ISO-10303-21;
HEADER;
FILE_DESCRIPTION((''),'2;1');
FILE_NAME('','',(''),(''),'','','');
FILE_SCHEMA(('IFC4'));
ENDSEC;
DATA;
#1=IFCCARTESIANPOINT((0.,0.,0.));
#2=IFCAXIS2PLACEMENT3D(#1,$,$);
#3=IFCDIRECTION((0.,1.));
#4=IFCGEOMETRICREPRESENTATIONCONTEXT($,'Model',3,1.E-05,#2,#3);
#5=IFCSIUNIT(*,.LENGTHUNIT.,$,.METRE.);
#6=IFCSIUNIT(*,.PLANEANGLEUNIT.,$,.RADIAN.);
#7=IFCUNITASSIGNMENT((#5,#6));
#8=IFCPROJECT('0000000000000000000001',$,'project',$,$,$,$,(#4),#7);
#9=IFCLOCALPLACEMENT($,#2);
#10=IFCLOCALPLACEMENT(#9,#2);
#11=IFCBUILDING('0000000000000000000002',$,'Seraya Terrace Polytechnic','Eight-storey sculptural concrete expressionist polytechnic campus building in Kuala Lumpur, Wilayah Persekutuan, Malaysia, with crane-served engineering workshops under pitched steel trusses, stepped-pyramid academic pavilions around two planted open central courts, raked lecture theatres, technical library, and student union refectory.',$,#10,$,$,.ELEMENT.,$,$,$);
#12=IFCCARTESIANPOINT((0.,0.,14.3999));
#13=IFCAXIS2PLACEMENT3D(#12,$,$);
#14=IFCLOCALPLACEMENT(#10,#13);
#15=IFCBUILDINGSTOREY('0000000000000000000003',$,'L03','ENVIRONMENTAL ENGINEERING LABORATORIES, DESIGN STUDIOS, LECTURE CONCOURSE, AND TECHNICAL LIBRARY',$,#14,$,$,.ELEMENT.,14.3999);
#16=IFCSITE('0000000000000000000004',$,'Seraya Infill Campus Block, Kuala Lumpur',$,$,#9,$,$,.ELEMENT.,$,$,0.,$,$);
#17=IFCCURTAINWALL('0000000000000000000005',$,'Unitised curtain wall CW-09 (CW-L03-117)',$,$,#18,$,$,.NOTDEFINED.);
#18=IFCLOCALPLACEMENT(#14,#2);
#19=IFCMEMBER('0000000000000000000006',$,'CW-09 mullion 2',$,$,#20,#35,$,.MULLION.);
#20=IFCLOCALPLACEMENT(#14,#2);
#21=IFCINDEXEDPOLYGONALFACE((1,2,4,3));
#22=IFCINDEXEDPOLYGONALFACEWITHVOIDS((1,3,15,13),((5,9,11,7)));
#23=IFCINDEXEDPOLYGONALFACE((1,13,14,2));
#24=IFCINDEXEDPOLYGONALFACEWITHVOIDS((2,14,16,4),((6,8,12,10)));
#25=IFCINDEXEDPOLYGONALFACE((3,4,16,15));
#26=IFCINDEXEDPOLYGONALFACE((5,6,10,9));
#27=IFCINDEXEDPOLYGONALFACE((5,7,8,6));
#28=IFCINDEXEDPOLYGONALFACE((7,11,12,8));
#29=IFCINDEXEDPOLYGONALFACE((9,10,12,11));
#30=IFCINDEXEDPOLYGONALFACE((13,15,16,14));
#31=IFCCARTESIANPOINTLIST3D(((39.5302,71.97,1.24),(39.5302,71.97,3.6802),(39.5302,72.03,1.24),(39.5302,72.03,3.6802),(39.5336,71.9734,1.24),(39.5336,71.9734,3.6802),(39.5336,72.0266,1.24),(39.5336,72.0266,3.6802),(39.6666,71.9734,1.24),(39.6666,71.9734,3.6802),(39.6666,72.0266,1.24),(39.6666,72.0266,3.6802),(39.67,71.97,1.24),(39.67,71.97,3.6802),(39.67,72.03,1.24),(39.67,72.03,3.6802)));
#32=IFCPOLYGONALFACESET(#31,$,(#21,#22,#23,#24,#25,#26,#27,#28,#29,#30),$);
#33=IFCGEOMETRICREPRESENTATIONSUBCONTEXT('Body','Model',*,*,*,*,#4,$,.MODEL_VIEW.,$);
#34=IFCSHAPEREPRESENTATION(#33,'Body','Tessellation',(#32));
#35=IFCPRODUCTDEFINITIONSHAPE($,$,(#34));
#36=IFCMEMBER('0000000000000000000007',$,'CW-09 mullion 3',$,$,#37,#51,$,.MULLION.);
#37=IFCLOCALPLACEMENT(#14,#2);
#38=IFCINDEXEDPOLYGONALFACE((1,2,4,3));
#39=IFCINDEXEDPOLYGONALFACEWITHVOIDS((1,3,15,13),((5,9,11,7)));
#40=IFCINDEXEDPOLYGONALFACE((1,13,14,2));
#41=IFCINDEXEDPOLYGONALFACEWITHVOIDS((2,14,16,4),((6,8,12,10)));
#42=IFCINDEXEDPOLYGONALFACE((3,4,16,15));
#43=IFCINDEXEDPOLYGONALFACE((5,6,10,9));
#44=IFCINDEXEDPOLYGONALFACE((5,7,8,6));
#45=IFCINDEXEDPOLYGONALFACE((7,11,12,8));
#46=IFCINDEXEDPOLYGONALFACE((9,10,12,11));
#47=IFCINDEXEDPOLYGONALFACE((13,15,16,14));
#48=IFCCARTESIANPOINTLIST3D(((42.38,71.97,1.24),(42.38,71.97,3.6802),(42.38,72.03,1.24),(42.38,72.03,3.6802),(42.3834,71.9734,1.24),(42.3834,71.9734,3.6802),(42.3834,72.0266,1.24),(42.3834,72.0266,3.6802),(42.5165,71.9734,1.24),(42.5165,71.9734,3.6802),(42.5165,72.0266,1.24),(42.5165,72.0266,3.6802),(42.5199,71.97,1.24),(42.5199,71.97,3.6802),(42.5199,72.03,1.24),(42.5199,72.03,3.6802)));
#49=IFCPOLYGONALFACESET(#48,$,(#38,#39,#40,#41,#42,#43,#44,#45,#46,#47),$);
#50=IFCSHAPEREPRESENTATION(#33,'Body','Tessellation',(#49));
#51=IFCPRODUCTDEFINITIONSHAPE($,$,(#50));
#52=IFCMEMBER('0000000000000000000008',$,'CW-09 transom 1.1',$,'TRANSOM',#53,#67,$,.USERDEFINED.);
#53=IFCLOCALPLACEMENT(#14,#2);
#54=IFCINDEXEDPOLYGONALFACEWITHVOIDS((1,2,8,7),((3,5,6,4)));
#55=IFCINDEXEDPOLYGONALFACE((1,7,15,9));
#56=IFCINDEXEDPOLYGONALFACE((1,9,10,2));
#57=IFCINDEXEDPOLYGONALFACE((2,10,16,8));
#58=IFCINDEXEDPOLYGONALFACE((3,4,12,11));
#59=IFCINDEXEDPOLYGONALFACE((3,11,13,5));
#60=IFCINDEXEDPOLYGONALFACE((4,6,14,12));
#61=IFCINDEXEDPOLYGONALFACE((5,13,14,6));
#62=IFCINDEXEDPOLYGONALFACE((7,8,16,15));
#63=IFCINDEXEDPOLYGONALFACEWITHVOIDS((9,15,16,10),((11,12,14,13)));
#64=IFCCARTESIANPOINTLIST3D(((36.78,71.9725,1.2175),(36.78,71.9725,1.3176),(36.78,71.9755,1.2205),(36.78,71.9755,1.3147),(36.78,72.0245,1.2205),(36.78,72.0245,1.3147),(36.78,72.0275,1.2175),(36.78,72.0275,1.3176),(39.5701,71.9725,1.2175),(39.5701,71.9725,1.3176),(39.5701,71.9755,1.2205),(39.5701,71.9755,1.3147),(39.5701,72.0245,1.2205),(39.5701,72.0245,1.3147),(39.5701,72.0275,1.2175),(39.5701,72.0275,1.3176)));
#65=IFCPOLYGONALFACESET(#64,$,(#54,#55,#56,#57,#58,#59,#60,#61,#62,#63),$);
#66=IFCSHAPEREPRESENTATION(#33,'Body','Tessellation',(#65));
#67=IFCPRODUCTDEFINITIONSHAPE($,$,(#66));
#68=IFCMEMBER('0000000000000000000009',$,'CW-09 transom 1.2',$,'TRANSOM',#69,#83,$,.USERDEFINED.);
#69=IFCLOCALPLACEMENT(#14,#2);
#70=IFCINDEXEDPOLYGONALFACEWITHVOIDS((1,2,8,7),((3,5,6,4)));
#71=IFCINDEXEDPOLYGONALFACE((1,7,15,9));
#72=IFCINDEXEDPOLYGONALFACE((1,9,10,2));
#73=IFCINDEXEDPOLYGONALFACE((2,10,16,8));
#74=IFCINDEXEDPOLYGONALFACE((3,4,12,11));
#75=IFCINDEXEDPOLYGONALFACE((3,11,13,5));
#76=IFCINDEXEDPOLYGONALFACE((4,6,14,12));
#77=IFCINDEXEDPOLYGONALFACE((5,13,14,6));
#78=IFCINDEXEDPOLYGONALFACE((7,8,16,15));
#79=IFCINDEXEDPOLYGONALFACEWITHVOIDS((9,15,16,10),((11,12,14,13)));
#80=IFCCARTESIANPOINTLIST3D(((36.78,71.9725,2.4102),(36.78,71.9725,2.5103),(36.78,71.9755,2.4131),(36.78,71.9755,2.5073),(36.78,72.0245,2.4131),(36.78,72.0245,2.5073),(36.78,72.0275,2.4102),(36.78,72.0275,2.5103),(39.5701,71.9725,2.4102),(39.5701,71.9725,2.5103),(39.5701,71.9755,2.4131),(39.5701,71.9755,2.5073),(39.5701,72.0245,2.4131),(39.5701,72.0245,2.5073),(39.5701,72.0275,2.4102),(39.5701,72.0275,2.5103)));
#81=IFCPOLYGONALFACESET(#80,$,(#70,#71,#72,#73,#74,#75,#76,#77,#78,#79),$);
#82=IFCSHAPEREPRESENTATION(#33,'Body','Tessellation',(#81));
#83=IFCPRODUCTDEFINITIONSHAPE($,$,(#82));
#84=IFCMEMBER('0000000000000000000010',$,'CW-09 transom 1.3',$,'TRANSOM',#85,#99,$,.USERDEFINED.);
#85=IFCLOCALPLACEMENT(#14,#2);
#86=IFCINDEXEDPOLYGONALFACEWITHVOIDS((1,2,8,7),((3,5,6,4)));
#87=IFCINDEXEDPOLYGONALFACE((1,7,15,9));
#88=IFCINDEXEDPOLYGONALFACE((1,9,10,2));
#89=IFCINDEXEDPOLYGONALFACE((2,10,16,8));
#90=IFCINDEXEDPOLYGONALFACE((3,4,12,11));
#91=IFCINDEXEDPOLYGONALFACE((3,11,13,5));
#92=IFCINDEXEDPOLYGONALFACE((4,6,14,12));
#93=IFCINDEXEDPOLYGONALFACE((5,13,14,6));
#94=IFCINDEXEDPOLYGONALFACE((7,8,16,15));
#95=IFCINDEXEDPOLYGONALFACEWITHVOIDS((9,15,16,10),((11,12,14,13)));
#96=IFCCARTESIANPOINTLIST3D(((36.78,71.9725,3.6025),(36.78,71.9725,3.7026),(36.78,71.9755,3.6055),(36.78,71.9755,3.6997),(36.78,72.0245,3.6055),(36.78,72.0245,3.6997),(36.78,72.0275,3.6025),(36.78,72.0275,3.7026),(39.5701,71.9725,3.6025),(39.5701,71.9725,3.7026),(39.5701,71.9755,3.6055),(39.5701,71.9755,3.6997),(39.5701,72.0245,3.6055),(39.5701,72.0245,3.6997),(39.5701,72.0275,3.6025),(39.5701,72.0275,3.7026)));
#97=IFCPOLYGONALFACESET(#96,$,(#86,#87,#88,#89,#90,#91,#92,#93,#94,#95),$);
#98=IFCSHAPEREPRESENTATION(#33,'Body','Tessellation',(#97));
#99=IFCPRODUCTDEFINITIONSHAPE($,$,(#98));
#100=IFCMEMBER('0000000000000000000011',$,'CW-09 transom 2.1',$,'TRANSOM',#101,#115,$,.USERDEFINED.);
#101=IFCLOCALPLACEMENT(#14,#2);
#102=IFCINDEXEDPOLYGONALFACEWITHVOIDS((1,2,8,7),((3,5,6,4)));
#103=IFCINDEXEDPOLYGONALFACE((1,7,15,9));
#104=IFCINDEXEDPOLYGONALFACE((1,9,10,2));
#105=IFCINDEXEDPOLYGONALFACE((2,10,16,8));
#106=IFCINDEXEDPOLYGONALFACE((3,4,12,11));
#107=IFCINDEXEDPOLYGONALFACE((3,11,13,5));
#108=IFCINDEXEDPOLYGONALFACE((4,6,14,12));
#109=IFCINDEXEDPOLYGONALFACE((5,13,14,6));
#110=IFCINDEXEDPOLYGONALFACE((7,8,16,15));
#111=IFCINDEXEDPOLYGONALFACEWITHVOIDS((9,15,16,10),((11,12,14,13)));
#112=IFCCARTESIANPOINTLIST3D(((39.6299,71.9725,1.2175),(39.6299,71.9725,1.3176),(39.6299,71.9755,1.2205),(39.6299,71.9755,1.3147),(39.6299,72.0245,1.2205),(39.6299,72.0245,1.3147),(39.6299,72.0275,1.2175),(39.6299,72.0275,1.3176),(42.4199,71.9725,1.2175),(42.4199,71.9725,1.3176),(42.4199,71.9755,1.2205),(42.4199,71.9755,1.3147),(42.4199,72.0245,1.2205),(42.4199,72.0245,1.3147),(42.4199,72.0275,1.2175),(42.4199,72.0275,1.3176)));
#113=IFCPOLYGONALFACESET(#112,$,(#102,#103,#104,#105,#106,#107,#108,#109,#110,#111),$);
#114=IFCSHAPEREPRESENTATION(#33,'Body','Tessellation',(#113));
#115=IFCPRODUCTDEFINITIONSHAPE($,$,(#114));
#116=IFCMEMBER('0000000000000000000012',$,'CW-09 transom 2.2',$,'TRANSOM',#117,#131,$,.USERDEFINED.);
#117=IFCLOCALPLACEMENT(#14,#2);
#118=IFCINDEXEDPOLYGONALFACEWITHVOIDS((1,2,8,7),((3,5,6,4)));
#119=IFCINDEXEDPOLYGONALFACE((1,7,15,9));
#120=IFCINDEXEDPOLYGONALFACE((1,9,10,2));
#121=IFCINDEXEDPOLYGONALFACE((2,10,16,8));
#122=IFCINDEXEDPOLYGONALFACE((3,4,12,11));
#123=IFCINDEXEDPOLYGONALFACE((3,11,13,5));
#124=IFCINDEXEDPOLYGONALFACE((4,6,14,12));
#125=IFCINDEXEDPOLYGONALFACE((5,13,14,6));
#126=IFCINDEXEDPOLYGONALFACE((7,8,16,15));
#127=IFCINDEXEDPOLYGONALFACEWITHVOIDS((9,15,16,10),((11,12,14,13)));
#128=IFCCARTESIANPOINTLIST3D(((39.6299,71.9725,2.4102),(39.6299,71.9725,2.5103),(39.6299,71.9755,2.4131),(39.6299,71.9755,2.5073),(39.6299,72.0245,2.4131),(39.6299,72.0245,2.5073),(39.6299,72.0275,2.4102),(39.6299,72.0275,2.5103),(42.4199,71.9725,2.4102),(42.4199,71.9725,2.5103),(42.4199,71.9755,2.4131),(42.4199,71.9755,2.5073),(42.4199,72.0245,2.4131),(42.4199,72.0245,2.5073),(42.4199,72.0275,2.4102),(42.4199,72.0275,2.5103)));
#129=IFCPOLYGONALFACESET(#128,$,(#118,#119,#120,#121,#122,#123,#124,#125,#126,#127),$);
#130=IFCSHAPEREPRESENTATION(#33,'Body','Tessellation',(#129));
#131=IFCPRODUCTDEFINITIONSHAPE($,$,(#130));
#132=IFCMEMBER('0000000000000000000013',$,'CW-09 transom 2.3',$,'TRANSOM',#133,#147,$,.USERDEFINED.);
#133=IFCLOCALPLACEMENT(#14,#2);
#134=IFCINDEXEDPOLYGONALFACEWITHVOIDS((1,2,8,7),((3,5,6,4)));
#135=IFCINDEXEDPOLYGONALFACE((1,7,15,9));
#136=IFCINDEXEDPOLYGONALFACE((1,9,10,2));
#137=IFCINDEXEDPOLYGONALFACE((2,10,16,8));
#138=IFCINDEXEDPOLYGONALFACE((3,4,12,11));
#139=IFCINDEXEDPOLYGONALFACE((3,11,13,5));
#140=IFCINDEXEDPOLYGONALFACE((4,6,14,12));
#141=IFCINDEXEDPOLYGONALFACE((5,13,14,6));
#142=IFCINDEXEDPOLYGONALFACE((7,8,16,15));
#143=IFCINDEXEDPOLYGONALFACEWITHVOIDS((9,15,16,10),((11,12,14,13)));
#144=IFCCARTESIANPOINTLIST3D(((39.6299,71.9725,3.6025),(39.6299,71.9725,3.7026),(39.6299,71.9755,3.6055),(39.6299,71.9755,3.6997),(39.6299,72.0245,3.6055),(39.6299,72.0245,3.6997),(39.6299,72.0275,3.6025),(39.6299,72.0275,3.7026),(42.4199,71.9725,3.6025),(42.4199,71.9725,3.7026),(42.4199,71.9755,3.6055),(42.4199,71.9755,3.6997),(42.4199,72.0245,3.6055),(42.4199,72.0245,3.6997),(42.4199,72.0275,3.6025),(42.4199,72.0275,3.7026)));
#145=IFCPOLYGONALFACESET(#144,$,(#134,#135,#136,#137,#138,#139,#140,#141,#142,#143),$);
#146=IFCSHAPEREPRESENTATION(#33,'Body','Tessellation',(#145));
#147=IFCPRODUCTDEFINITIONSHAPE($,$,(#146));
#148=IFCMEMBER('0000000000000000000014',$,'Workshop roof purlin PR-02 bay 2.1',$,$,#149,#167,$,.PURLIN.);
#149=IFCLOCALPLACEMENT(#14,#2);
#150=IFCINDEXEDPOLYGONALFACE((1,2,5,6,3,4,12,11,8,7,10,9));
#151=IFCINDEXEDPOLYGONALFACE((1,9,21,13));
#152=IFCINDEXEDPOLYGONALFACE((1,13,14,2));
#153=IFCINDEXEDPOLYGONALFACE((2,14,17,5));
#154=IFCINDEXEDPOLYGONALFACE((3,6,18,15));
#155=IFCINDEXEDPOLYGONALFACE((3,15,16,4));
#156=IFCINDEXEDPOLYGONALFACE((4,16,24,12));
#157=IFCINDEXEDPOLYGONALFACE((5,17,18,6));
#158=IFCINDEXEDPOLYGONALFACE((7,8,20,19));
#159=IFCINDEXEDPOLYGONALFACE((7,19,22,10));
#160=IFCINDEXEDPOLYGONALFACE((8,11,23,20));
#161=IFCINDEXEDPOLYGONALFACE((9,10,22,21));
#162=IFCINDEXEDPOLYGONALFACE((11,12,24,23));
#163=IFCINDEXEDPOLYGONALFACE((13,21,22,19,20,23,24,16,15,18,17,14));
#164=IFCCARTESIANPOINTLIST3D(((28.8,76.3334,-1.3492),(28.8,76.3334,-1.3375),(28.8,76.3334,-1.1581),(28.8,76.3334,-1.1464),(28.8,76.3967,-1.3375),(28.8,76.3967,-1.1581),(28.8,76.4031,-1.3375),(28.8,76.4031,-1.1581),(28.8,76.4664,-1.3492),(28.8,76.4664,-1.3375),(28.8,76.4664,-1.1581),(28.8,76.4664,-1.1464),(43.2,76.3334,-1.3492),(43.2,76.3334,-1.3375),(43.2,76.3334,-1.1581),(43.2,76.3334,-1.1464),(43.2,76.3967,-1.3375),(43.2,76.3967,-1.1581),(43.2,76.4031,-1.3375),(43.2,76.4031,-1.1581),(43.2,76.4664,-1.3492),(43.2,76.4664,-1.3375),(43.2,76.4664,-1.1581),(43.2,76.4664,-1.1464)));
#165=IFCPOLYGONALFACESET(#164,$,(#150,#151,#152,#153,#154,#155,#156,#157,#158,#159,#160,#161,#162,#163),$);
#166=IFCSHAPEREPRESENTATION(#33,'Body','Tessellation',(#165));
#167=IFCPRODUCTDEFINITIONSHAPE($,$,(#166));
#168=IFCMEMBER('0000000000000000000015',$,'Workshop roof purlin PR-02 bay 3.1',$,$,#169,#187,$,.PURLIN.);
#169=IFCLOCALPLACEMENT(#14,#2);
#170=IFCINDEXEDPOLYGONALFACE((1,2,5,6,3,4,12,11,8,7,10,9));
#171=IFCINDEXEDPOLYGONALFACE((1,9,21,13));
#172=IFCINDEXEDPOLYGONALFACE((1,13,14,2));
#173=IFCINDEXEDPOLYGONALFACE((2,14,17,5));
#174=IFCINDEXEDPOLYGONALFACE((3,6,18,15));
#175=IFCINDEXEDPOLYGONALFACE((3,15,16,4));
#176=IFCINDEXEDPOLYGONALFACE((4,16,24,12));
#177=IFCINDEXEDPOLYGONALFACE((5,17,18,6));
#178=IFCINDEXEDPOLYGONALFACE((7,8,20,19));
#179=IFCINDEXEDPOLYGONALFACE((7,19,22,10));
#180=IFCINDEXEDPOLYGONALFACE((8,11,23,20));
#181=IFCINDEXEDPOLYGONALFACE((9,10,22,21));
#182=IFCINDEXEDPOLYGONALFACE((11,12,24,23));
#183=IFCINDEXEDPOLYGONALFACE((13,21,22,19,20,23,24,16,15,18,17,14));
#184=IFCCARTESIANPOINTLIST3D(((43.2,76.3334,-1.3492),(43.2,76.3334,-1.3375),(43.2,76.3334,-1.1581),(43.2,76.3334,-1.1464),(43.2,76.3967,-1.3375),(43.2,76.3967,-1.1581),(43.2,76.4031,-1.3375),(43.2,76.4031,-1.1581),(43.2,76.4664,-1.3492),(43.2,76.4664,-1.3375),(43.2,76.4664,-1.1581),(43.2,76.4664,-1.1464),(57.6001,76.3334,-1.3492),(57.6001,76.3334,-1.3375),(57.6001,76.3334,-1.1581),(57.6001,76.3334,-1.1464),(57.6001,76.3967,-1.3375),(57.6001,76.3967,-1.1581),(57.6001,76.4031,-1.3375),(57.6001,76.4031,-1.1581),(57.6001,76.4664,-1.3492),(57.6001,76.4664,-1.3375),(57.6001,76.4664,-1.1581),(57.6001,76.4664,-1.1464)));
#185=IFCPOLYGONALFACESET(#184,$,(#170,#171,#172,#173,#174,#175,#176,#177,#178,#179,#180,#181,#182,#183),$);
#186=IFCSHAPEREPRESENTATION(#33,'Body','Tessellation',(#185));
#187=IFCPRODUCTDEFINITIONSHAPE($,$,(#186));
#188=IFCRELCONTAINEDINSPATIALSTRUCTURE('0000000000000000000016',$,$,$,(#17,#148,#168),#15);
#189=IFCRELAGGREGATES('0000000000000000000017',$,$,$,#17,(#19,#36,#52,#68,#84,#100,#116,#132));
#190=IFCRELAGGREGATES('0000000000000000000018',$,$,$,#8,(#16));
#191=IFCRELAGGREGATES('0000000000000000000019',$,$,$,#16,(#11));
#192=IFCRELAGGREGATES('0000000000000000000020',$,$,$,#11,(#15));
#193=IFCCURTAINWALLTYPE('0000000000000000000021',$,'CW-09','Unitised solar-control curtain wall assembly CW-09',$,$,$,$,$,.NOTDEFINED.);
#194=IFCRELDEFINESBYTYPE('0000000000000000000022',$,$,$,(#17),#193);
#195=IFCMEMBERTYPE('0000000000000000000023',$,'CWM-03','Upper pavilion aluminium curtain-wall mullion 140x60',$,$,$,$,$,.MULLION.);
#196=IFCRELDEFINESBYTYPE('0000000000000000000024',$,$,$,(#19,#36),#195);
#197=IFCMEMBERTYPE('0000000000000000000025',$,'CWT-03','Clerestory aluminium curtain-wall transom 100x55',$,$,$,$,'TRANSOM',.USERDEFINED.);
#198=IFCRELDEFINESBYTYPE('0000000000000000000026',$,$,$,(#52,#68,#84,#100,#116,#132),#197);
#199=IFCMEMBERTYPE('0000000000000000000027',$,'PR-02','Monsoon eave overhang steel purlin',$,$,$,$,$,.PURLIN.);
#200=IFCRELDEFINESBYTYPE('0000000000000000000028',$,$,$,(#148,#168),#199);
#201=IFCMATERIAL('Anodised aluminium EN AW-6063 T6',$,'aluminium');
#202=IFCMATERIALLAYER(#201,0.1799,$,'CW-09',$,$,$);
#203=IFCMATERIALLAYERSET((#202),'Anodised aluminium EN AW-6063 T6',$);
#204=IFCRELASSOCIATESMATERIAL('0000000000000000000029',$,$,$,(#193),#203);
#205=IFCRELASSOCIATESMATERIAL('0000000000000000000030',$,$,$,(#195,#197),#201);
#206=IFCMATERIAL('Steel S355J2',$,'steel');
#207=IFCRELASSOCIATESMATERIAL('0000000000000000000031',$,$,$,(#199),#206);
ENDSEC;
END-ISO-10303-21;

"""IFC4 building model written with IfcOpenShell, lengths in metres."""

from ifc_helpers import new_model, si_unit, direction, frame, origin, origin_2d, place, context, subcontext, project, spatial, hollow_rectangle, i_section, extrude, material, layer, layer_set, material_profile, profile_set, type_object, element, aggregate, save


model = new_model("IFC4")

# Units and contexts
model_context = context("Model", 3, precision=1e-05, world=origin(), true_north=direction((0.0, 1.0)))
body_context = subcontext(model_context, "Body", "Model", "MODEL_VIEW")
ifc_project = project(units=[si_unit("LENGTHUNIT", "METRE"), si_unit("PLANEANGLEUNIT", "RADIAN")], contexts=[model_context])

# Site, building, storey
site_placement = place(None, origin())
site = spatial("IfcSite", under=ifc_project, at=site_placement, Name="Seraya Infill Campus Block, Kuala Lumpur", CompositionType="ELEMENT", RefElevation=0.0)
building_placement = place(site_placement, origin())
building = spatial("IfcBuilding", under=site, at=building_placement, Name="Seraya Terrace Polytechnic", Description="Eight-storey sculptural concrete expressionist polytechnic campus building in Kuala Lumpur, Wilayah Persekutuan, Malaysia, with crane-served engineering workshops under pitched steel trusses, stepped-pyramid academic pavilions around two planted open central courts, raked lecture theatres, technical library, and student union refectory.", CompositionType="ELEMENT")
storey_placement = place(building_placement, frame((0.0, 0.0, 14.3999)))
storey = spatial("IfcBuildingStorey", under=building, at=storey_placement, Name="L03", Description="ENVIRONMENTAL ENGINEERING LABORATORIES, DESIGN STUDIOS, LECTURE CONCOURSE, AND TECHNICAL LIBRARY", CompositionType="ELEMENT", Elevation=14.3999)

# Shared definitions
ifc_material_1 = material(Name="Steel S355J2", Category="steel")

# Shared definitions
ifc_material_2 = material(Name="Anodised aluminium EN AW-6063 T6", Category="aluminium")

# Curtain wall, members
ifc_layer_1 = layer(ifc_material_2, 0.1799, Name="CW-09")
ifc_layer_set_1 = layer_set([ifc_layer_1], Name="Anodised aluminium EN AW-6063 T6")
curtain_wall_type_1 = type_object("IfcCurtainWallType", Name="CW-09", Description="Unitised solar-control curtain wall assembly CW-09", PredefinedType="NOTDEFINED", material=ifc_layer_set_1)
curtain_wall_1_placement = place(storey_placement, origin())
curtain_wall_1 = element("IfcCurtainWall", 1, at=curtain_wall_1_placement, inside=storey, type_object=curtain_wall_type_1, Name="Unitised curtain wall CW-09 (CW-L03-117)", PredefinedType="NOTDEFINED")
ifc_material_profile_1 = material_profile(ifc_material_2, hollow_rectangle(XDim=0.0601, YDim=0.1399, WallThickness=0.0034, at=origin_2d()), Name="RHS 140x60x3.5")
ifc_profile_set_1 = profile_set([ifc_material_profile_1], Name="Anodised aluminium EN AW-6063 T6")
member_type_1 = type_object("IfcMemberType", Name="CWM-03", Description="Upper pavilion aluminium curtain-wall mullion 140x60", PredefinedType="MULLION", material=ifc_profile_set_1)
member_1_placement = place(storey_placement, frame((39.6001, 72.0, 1.24), z_axis=(0.0, 0.0, 1.0), x_axis=(0.0, 1.0, 0.0)))
member_1 = element("IfcMember", 2, at=member_1_placement, type_object=member_type_1, Name="CW-09 mullion 2", PredefinedType="MULLION", context=body_context, shape_type="SweptSolid", body=[
    extrude(hollow_rectangle(XDim=0.0601, YDim=0.1399, WallThickness=0.0034, at=origin_2d()), origin(), (0.0, 0.0, 1.0), 2.4402),
])
member_2_placement = place(storey_placement, frame((42.45, 72.0, 1.24), z_axis=(0.0, 0.0, 1.0), x_axis=(0.0, 1.0, 0.0)))
member_2 = element("IfcMember", 3, at=member_2_placement, type_object=member_type_1, Name="CW-09 mullion 3", PredefinedType="MULLION", context=body_context, shape_type="SweptSolid", body=[
    extrude(hollow_rectangle(XDim=0.0601, YDim=0.1399, WallThickness=0.0034, at=origin_2d()), origin(), (0.0, 0.0, 1.0), 2.4402),
])
ifc_material_profile_2 = material_profile(ifc_material_2, hollow_rectangle(XDim=0.0549, YDim=0.1001, WallThickness=0.0029, at=origin_2d()), Name="RHS 100x55x3.0")
ifc_profile_set_2 = profile_set([ifc_material_profile_2], Name="Anodised aluminium EN AW-6063 T6")
member_type_2 = type_object("IfcMemberType", Name="CWT-03", Description="Clerestory aluminium curtain-wall transom 100x55", ElementType="TRANSOM", PredefinedType="USERDEFINED", material=ifc_profile_set_2)
member_3_placement = place(storey_placement, frame((36.78, 72.0, 1.2676), z_axis=(1.0, 0.0, 0.0), x_axis=(0.0, 1.0, 0.0)))
member_3 = element("IfcMember", 4, at=member_3_placement, type_object=member_type_2, Name="CW-09 transom 1.1", ObjectType="TRANSOM", PredefinedType="USERDEFINED", context=body_context, shape_type="SweptSolid", body=[
    extrude(hollow_rectangle(XDim=0.0549, YDim=0.1001, WallThickness=0.0029, at=origin_2d()), origin(), (0.0, 0.0, 1.0), 2.79),
])
member_4_placement = place(storey_placement, frame((36.78, 72.0, 2.4602), z_axis=(1.0, 0.0, 0.0), x_axis=(0.0, 1.0, 0.0)))
member_4 = element("IfcMember", 5, at=member_4_placement, type_object=member_type_2, Name="CW-09 transom 1.2", ObjectType="TRANSOM", PredefinedType="USERDEFINED", context=body_context, shape_type="SweptSolid", body=[
    extrude(hollow_rectangle(XDim=0.0549, YDim=0.1001, WallThickness=0.0029, at=origin_2d()), origin(), (0.0, 0.0, 1.0), 2.79),
])
member_5_placement = place(storey_placement, frame((36.78, 72.0, 3.6526), z_axis=(1.0, 0.0, 0.0), x_axis=(0.0, 1.0, 0.0)))
member_5 = element("IfcMember", 6, at=member_5_placement, type_object=member_type_2, Name="CW-09 transom 1.3", ObjectType="TRANSOM", PredefinedType="USERDEFINED", context=body_context, shape_type="SweptSolid", body=[
    extrude(hollow_rectangle(XDim=0.0549, YDim=0.1001, WallThickness=0.0029, at=origin_2d()), origin(), (0.0, 0.0, 1.0), 2.79),
])
member_6_placement = place(storey_placement, frame((39.6299, 72.0, 1.2676), z_axis=(1.0, 0.0, 0.0), x_axis=(0.0, 1.0, 0.0)))
member_6 = element("IfcMember", 7, at=member_6_placement, type_object=member_type_2, Name="CW-09 transom 2.1", ObjectType="TRANSOM", PredefinedType="USERDEFINED", context=body_context, shape_type="SweptSolid", body=[
    extrude(hollow_rectangle(XDim=0.0549, YDim=0.1001, WallThickness=0.0029, at=origin_2d()), origin(), (0.0, 0.0, 1.0), 2.79),
])
member_7_placement = place(storey_placement, frame((39.6299, 72.0, 2.4602), z_axis=(1.0, 0.0, 0.0), x_axis=(0.0, 1.0, 0.0)))
member_7 = element("IfcMember", 8, at=member_7_placement, type_object=member_type_2, Name="CW-09 transom 2.2", ObjectType="TRANSOM", PredefinedType="USERDEFINED", context=body_context, shape_type="SweptSolid", body=[
    extrude(hollow_rectangle(XDim=0.0549, YDim=0.1001, WallThickness=0.0029, at=origin_2d()), origin(), (0.0, 0.0, 1.0), 2.79),
])
member_8_placement = place(storey_placement, frame((39.6299, 72.0, 3.6526), z_axis=(1.0, 0.0, 0.0), x_axis=(0.0, 1.0, 0.0)))
member_8 = element("IfcMember", 9, at=member_8_placement, type_object=member_type_2, Name="CW-09 transom 2.3", ObjectType="TRANSOM", PredefinedType="USERDEFINED", context=body_context, shape_type="SweptSolid", body=[
    extrude(hollow_rectangle(XDim=0.0549, YDim=0.1001, WallThickness=0.0029, at=origin_2d()), origin(), (0.0, 0.0, 1.0), 2.79),
])

# Members
ifc_material_profile_3 = material_profile(ifc_material_1, i_section(OverallWidth=0.1331, OverallDepth=0.2029, WebThickness=0.0063, FlangeThickness=0.0117, at=origin_2d()), Name="UKB 203x133x6.4x11.8")
ifc_profile_set_3 = profile_set([ifc_material_profile_3], Name="Steel S355J2")
member_type_3 = type_object("IfcMemberType", Name="PR-02", Description="Monsoon eave overhang steel purlin", PredefinedType="PURLIN", material=ifc_profile_set_3)
member_9_placement = place(storey_placement, frame((28.8, 76.3999, -1.2478), z_axis=(1.0, 0.0, 0.0), x_axis=(0.0, 1.0, 0.0)))
element("IfcMember", 10, at=member_9_placement, inside=storey, type_object=member_type_3, Name="Workshop roof purlin PR-02 bay 2.1", PredefinedType="PURLIN", context=body_context, shape_type="SweptSolid", body=[
    extrude(i_section(OverallWidth=0.1331, OverallDepth=0.2029, WebThickness=0.0063, FlangeThickness=0.0117, at=origin_2d()), origin(), (0.0, 0.0, 1.0), 14.3999),
])
member_10_placement = place(storey_placement, frame((43.2, 76.3999, -1.2478), z_axis=(1.0, 0.0, 0.0), x_axis=(0.0, 1.0, 0.0)))
element("IfcMember", 11, at=member_10_placement, inside=storey, type_object=member_type_3, Name="Workshop roof purlin PR-02 bay 3.1", PredefinedType="PURLIN", context=body_context, shape_type="SweptSolid", body=[
    extrude(i_section(OverallWidth=0.1331, OverallDepth=0.2029, WebThickness=0.0063, FlangeThickness=0.0117, at=origin_2d()), origin(), (0.0, 0.0, 1.0), 14.4001),
])

aggregate(curtain_wall_1, [member_1, member_2, member_3, member_4, member_5, member_6, member_7, member_8])

save(model, "model.ifc")
